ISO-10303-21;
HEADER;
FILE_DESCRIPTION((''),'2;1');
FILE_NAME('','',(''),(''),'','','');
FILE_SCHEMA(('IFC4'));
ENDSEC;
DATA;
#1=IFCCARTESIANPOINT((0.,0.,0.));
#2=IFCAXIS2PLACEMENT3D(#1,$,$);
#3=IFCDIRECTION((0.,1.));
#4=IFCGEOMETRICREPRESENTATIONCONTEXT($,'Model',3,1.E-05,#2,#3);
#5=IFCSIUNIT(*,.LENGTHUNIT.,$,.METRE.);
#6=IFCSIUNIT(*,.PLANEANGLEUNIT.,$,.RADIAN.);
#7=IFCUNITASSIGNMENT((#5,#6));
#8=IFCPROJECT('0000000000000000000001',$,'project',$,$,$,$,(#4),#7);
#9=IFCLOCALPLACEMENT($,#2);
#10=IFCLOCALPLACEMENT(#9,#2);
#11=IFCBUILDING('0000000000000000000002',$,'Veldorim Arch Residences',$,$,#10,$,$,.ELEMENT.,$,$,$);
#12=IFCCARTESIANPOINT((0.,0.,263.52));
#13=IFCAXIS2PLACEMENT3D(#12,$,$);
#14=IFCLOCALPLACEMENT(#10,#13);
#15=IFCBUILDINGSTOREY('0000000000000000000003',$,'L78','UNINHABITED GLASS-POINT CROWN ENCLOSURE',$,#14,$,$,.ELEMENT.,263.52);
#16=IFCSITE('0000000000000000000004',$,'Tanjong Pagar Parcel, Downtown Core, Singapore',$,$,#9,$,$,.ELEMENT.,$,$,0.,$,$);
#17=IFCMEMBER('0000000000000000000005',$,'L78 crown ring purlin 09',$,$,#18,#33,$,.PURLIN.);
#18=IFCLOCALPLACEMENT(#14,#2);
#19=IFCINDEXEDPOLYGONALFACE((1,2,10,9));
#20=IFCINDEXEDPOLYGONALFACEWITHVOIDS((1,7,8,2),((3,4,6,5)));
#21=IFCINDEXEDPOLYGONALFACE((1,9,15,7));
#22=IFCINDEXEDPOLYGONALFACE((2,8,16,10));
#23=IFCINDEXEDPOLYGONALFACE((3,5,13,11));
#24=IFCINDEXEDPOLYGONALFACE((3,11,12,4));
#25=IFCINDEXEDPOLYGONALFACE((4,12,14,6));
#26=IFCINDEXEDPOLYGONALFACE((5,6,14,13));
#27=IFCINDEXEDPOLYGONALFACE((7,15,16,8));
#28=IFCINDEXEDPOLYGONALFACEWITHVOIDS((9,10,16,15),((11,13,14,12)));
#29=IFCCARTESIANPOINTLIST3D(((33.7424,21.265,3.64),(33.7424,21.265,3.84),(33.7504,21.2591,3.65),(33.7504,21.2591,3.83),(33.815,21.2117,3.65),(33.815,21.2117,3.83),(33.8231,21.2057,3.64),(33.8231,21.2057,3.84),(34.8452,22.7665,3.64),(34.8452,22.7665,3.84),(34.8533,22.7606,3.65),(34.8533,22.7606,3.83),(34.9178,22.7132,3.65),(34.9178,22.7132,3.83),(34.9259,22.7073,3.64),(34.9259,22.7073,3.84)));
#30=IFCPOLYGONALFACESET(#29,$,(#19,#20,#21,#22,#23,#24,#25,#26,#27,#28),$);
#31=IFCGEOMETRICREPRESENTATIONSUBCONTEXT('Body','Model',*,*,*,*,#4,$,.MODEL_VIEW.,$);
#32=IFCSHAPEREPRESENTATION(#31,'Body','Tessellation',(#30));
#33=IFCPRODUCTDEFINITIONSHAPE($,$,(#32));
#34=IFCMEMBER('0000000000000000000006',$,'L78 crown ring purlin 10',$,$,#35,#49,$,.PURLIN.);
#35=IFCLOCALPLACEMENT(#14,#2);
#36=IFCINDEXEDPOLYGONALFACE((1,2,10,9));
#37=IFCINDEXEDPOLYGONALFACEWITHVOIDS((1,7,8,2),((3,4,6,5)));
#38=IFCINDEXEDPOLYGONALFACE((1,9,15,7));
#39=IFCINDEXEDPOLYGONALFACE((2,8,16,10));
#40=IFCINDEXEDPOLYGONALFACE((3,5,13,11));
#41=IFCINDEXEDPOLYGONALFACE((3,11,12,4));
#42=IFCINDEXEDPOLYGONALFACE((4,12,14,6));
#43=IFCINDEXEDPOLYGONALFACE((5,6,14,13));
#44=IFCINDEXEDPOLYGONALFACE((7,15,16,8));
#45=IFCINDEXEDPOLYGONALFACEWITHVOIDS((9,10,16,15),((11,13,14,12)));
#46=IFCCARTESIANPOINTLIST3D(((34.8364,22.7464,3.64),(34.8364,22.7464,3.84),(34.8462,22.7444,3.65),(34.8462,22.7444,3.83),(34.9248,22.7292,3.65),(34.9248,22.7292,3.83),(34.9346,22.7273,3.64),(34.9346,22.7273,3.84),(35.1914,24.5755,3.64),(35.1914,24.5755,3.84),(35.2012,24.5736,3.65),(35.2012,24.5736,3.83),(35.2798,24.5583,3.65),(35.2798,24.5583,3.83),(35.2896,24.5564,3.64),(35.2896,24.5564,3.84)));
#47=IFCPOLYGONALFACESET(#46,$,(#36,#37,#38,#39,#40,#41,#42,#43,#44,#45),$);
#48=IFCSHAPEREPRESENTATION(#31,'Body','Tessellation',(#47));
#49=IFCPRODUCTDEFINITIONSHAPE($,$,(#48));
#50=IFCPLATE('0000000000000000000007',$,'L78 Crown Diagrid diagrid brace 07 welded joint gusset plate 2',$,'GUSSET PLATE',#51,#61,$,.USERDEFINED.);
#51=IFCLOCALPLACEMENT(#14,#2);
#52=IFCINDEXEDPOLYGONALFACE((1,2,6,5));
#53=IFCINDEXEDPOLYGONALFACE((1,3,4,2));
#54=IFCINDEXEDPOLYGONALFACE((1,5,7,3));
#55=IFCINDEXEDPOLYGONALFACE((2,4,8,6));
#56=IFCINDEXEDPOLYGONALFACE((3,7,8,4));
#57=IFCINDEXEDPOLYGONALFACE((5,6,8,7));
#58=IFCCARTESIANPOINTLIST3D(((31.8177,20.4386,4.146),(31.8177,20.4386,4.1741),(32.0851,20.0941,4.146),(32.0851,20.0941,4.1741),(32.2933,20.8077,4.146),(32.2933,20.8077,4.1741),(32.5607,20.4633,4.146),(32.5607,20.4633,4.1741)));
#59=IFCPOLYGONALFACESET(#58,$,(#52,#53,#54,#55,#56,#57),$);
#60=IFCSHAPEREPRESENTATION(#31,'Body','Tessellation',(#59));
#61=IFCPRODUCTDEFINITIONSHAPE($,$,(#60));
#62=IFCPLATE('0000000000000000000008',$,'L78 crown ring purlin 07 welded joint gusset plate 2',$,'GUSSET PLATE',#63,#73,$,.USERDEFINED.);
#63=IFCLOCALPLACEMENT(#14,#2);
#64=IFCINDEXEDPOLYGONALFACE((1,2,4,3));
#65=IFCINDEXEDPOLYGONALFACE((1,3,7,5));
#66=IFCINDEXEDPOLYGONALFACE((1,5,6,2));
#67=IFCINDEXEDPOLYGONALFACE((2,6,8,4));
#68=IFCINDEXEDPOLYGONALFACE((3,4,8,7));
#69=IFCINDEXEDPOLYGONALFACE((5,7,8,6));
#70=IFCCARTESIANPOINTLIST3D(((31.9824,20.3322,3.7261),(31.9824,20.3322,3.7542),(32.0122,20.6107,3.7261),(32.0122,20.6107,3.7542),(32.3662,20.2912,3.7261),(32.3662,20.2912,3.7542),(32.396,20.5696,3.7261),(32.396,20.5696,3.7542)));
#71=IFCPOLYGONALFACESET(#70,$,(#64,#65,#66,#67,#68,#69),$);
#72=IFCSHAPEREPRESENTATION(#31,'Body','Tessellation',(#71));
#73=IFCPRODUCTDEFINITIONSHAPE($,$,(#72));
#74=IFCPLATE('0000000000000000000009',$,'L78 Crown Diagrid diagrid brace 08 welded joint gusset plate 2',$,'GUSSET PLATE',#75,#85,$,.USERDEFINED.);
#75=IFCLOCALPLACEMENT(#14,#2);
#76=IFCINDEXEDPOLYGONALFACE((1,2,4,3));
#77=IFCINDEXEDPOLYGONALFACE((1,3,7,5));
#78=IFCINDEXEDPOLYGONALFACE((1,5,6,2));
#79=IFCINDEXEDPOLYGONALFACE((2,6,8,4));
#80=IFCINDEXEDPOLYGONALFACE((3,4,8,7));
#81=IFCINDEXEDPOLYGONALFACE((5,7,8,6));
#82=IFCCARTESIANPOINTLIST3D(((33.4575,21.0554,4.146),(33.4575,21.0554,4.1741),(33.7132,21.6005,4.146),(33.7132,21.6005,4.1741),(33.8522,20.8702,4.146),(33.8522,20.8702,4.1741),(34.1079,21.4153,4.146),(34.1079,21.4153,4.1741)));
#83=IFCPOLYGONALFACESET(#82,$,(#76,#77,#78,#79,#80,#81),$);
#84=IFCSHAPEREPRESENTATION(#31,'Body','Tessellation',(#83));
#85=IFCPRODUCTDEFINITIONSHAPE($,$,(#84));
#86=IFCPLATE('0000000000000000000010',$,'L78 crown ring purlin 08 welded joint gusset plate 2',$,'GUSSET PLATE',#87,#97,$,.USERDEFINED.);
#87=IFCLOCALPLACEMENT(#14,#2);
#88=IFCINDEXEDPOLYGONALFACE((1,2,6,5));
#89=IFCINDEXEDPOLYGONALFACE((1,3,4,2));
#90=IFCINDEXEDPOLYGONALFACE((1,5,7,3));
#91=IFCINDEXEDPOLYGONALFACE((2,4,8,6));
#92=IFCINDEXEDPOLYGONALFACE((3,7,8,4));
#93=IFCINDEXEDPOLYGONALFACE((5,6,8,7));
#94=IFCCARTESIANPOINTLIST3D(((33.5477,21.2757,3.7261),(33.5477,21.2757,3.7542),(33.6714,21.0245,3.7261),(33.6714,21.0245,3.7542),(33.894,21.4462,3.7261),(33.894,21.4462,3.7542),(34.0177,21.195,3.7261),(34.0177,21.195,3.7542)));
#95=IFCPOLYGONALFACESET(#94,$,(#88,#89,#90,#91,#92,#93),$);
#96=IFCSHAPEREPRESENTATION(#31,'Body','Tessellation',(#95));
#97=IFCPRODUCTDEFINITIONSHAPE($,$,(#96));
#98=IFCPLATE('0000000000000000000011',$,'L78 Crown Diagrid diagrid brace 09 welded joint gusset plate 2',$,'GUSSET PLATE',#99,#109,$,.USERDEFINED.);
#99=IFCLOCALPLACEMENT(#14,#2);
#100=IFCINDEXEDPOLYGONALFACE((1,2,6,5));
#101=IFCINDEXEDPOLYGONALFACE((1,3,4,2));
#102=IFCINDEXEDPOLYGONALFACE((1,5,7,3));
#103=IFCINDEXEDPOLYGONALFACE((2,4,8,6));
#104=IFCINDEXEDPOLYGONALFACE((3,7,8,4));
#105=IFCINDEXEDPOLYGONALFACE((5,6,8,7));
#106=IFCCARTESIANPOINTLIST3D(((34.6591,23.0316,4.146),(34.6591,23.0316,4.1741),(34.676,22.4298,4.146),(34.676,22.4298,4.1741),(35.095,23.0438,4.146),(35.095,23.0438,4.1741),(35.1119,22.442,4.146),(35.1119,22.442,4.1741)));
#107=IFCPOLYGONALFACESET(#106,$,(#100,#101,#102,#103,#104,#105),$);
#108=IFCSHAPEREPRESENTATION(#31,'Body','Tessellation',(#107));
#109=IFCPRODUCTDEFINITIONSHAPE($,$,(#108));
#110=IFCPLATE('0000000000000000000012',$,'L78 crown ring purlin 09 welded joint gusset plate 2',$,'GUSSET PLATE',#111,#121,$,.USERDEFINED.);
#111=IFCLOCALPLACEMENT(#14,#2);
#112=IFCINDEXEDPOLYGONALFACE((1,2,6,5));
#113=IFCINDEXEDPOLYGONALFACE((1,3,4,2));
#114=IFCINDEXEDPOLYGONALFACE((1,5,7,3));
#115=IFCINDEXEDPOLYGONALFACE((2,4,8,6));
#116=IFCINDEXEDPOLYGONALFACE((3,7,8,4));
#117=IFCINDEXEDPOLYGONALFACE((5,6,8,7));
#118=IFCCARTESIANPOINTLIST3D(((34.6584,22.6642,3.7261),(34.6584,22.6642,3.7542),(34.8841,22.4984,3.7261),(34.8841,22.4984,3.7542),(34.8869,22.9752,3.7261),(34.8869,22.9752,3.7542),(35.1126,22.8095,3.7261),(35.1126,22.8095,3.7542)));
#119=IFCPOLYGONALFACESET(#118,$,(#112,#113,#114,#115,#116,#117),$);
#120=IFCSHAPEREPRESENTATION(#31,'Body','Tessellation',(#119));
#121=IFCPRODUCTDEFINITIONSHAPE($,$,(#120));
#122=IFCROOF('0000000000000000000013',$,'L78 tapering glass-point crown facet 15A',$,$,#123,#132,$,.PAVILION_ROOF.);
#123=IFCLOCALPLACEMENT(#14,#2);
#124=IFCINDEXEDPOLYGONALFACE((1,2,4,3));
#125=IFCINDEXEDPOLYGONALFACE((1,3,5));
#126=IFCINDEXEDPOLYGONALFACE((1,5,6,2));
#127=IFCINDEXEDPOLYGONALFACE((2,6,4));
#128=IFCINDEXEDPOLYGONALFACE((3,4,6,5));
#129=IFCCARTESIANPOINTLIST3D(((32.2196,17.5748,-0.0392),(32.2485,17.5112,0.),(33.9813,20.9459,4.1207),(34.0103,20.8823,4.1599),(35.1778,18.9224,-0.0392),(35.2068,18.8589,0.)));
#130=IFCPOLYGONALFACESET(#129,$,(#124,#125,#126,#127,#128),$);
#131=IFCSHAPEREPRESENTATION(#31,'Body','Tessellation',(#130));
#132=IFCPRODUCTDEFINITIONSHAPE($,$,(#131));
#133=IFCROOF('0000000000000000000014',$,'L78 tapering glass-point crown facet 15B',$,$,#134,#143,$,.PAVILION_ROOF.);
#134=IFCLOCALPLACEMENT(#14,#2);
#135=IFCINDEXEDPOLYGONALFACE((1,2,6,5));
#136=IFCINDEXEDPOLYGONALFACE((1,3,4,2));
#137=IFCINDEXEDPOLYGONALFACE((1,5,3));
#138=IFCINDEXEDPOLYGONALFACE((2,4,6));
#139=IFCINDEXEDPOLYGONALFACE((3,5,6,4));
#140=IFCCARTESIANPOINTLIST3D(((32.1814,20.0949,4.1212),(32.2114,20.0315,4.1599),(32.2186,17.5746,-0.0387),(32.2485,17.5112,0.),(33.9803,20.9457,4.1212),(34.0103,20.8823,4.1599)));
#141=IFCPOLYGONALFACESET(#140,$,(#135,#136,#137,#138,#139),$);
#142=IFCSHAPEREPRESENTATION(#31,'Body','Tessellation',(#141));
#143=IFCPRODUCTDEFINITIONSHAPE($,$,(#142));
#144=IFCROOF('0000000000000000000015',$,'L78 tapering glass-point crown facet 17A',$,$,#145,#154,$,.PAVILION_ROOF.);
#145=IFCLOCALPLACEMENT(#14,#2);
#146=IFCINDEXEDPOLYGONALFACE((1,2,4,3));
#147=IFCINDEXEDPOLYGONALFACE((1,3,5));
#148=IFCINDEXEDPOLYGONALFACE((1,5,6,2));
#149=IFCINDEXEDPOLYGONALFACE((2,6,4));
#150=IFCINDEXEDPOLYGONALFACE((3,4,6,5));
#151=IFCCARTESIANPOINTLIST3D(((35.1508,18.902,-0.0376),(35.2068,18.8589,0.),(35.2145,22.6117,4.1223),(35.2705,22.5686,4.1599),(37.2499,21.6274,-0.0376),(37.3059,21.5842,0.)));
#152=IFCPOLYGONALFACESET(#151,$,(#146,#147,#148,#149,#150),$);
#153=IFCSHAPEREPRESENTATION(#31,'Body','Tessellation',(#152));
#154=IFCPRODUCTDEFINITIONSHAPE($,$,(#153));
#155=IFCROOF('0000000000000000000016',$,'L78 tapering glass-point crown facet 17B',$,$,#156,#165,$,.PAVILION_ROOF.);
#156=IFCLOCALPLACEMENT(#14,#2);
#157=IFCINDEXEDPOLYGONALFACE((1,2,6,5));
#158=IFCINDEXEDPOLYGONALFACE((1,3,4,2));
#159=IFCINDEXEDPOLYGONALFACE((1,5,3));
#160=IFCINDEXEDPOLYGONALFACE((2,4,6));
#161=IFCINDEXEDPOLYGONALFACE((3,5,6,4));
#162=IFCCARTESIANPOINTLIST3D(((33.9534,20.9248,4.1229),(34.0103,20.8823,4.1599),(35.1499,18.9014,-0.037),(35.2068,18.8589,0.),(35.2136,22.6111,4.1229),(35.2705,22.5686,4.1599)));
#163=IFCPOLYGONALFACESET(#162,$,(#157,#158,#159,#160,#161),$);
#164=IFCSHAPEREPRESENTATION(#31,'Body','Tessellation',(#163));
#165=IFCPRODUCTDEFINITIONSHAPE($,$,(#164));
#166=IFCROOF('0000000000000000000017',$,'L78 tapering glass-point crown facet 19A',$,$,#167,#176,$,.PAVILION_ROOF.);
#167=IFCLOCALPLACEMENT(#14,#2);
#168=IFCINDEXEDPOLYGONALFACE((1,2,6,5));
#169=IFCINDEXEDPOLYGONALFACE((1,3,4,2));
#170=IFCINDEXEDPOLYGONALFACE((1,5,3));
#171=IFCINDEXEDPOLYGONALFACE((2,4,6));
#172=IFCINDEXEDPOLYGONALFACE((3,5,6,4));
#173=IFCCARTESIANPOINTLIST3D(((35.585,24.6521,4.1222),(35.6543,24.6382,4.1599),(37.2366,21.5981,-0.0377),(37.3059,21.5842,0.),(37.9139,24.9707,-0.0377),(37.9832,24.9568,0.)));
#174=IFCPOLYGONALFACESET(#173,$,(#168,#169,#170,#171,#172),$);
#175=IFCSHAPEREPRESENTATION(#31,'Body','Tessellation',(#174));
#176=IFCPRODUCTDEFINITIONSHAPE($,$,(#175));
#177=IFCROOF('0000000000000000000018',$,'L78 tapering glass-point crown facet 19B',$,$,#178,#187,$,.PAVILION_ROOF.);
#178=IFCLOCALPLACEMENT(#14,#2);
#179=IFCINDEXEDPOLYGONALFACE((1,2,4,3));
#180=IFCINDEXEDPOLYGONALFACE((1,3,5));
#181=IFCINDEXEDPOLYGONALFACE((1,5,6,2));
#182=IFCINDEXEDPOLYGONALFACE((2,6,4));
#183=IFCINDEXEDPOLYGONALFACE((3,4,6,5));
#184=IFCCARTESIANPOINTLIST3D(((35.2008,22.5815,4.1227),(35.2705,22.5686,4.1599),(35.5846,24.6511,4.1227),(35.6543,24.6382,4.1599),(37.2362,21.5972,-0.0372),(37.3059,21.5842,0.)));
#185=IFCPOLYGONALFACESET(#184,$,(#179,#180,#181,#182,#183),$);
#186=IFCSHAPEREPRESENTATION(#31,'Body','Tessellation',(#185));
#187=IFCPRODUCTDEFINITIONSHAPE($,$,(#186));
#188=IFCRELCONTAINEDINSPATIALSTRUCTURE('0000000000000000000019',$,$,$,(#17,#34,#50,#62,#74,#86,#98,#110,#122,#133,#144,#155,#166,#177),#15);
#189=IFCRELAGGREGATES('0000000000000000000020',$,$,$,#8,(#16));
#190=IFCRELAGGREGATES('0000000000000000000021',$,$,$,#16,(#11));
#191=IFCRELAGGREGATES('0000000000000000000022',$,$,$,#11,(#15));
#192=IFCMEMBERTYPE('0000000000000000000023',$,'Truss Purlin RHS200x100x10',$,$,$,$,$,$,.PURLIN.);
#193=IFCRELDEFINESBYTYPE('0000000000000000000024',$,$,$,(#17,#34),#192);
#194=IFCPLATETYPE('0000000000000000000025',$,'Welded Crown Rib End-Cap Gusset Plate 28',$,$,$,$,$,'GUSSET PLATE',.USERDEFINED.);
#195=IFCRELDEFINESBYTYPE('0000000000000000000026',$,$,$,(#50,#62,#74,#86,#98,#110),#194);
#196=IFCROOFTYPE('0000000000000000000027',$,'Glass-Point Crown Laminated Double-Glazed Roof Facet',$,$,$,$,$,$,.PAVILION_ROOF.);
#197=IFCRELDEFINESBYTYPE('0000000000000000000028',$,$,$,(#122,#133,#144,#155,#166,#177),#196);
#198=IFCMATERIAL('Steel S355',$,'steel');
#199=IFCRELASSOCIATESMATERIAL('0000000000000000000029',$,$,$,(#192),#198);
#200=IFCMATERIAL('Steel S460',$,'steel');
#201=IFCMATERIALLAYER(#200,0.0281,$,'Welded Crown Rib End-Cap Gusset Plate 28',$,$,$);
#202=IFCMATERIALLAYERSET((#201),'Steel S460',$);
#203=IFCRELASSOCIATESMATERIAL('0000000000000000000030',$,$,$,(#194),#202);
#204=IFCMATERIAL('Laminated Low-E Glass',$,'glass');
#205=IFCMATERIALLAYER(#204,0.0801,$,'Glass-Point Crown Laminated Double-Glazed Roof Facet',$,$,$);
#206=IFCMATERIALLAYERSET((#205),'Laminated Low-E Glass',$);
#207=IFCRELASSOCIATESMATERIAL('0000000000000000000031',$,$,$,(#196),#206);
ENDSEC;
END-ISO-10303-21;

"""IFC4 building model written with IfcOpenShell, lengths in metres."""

from ifc_helpers import new_model, si_unit, direction, frame, origin, origin_2d, place, context, subcontext, project, spatial, polyline, rectangle, hollow_rectangle, outline, extrude, material, layer, layer_set, material_profile, profile_set, type_object, element, save


model = new_model("IFC4")

# Units and contexts
model_context = context("Model", 3, precision=1e-05, world=origin(), true_north=direction((0.0, 1.0)))
body_context = subcontext(model_context, "Body", "Model", "MODEL_VIEW")
ifc_project = project(units=[si_unit("LENGTHUNIT", "METRE"), si_unit("PLANEANGLEUNIT", "RADIAN")], contexts=[model_context])

# Site, building, storey
site_placement = place(None, origin())
site = spatial("IfcSite", under=ifc_project, at=site_placement, Name="Tanjong Pagar Parcel, Downtown Core, Singapore", CompositionType="ELEMENT", RefElevation=0.0)
building_placement = place(site_placement, origin())
building = spatial("IfcBuilding", under=site, at=building_placement, Name="Veldorim Arch Residences", CompositionType="ELEMENT")
storey_placement = place(building_placement, frame((0.0, 0.0, 263.52)))
storey = spatial("IfcBuildingStorey", under=building, at=storey_placement, Name="L78", Description="UNINHABITED GLASS-POINT CROWN ENCLOSURE", CompositionType="ELEMENT", Elevation=263.52)

# Members
ifc_material_1 = material(Name="Steel S355", Category="steel")
ifc_material_profile_1 = material_profile(ifc_material_1, hollow_rectangle(XDim=0.1001, YDim=0.2, WallThickness=0.01, at=origin_2d()), Name="RHS200x100x10")
ifc_profile_set_1 = profile_set([ifc_material_profile_1], Name="Steel S355")
member_type_1 = type_object("IfcMemberType", Name="Truss Purlin RHS200x100x10", PredefinedType="PURLIN", material=ifc_profile_set_1)
member_1_placement = place(storey_placement, frame((33.7827, 21.2354, 3.74), z_axis=(0.59196, 0.805967, 0.0), x_axis=(-0.805967, 0.59196, 0.0)))
element("IfcMember", 1, at=member_1_placement, inside=storey, type_object=member_type_1, Name="L78 crown ring purlin 09", PredefinedType="PURLIN", context=body_context, shape_type="SweptSolid", body=[
    extrude(hollow_rectangle(XDim=0.1001, YDim=0.2, WallThickness=0.01, at=origin_2d()), origin(), (0.0, 0.0, 1.0), 1.863),
])
member_2_placement = place(storey_placement, frame((34.8855, 22.7368, 3.74), z_axis=(0.190519, 0.981684, 0.0), x_axis=(-0.981684, 0.190519, 0.0)))
element("IfcMember", 2, at=member_2_placement, inside=storey, type_object=member_type_1, Name="L78 crown ring purlin 10", PredefinedType="PURLIN", context=body_context, shape_type="SweptSolid", body=[
    extrude(hollow_rectangle(XDim=0.1001, YDim=0.2, WallThickness=0.01, at=origin_2d()), origin(), (0.0, 0.0, 1.0), 1.8633),
])

# Plates
ifc_material_2 = material(Name="Steel S460", Category="steel")
ifc_layer_1 = layer(ifc_material_2, 0.0281, Name="Welded Crown Rib End-Cap Gusset Plate 28")
ifc_layer_set_1 = layer_set([ifc_layer_1], Name="Steel S460")
plate_type = type_object("IfcPlateType", Name="Welded Crown Rib End-Cap Gusset Plate 28", ElementType="GUSSET PLATE", PredefinedType="USERDEFINED", material=ifc_layer_set_1)
plate_1_placement = place(storey_placement, frame((32.1892, 20.4509, 4.146), z_axis=(0.0, 0.0, 1.0), x_axis=(0.789995, 0.613114, 0.0)))
element("IfcPlate", 3, at=plate_1_placement, inside=storey, type_object=plate_type, Name="L78 Crown Diagrid diagrid brace 07 welded joint gusset plate 2", ObjectType="GUSSET PLATE", PredefinedType="USERDEFINED", context=body_context, shape_type="SweptSolid", body=[
    extrude(rectangle(XDim=0.6021, YDim=0.436, at=origin_2d()), origin(), (0.0, 0.0, 1.0), 0.0281),
])
plate_2_placement = place(storey_placement, frame((32.1892, 20.4509, 3.7261), z_axis=(0.0, 0.0, 1.0), x_axis=(0.994332, -0.106316, 0.0)))
element("IfcPlate", 4, at=plate_2_placement, inside=storey, type_object=plate_type, Name="L78 crown ring purlin 07 welded joint gusset plate 2", ObjectType="GUSSET PLATE", PredefinedType="USERDEFINED", context=body_context, shape_type="SweptSolid", body=[
    extrude(rectangle(XDim=0.386, YDim=0.28, at=origin_2d()), origin(), (0.0, 0.0, 1.0), 0.0281),
])
plate_3_placement = place(storey_placement, frame((33.7827, 21.2354, 4.146), z_axis=(0.0, 0.0, 1.0), x_axis=(0.424705, 0.905332, 0.0)))
element("IfcPlate", 5, at=plate_3_placement, inside=storey, type_object=plate_type, Name="L78 Crown Diagrid diagrid brace 08 welded joint gusset plate 2", ObjectType="GUSSET PLATE", PredefinedType="USERDEFINED", context=body_context, shape_type="SweptSolid", body=[
    extrude(rectangle(XDim=0.6021, YDim=0.436, at=origin_2d()), origin(), (0.0, 0.0, 1.0), 0.0281),
])
plate_4_placement = place(storey_placement, frame((33.7827, 21.2354, 3.7261), z_axis=(0.0, 0.0, 1.0), x_axis=(0.897189, 0.441647, 0.0)))
element("IfcPlate", 6, at=plate_4_placement, inside=storey, type_object=plate_type, Name="L78 crown ring purlin 08 welded joint gusset plate 2", ObjectType="GUSSET PLATE", PredefinedType="USERDEFINED", context=body_context, shape_type="SweptSolid", body=[
    extrude(rectangle(XDim=0.386, YDim=0.28, at=origin_2d()), origin(), (0.0, 0.0, 1.0), 0.0281),
])
plate_5_placement = place(storey_placement, frame((34.8855, 22.7368, 4.146), z_axis=(0.0, 0.0, 1.0), x_axis=(-0.028096, 0.999605, 0.0)))
element("IfcPlate", 7, at=plate_5_placement, inside=storey, type_object=plate_type, Name="L78 Crown Diagrid diagrid brace 09 welded joint gusset plate 2", ObjectType="GUSSET PLATE", PredefinedType="USERDEFINED", context=body_context, shape_type="SweptSolid", body=[
    extrude(rectangle(XDim=0.6021, YDim=0.436, at=origin_2d()), origin(), (0.0, 0.0, 1.0), 0.0281),
])
plate_6_placement = place(storey_placement, frame((34.8855, 22.7368, 3.7261), z_axis=(0.0, 0.0, 1.0), x_axis=(0.591999, 0.805939, 0.0)))
element("IfcPlate", 8, at=plate_6_placement, inside=storey, type_object=plate_type, Name="L78 crown ring purlin 09 welded joint gusset plate 2", ObjectType="GUSSET PLATE", PredefinedType="USERDEFINED", context=body_context, shape_type="SweptSolid", body=[
    extrude(rectangle(XDim=0.386, YDim=0.28, at=origin_2d()), origin(), (0.0, 0.0, 1.0), 0.0281),
])

# Roofs
ifc_material_3 = material(Name="Laminated Low-E Glass", Category="glass")
ifc_layer_2 = layer(ifc_material_3, 0.0801, Name="Glass-Point Crown Laminated Double-Glazed Roof Facet")
ifc_layer_set_2 = layer_set([ifc_layer_2], Name="Laminated Low-E Glass")
roof_type = type_object("IfcRoofType", Name="Glass-Point Crown Laminated Double-Glazed Roof Facet", PredefinedType="PAVILION_ROOF", material=ifc_layer_set_2)
roof_1_placement = place(storey_placement, frame((32.2485, 17.5112, 0.0), z_axis=(0.36142, -0.793357, 0.489857), x_axis=(0.910019, 0.414567, 0.0)))
element("IfcRoof", 9, at=roof_1_placement, inside=storey, type_object=roof_type, Name="L78 tapering glass-point crown facet 15A", PredefinedType="PAVILION_ROOF", context=body_context, shape_type="SweptSolid", body=[
    extrude(outline(polyline([(0.0, 0.0), (3.2508, 0.0), (3.0007, 4.7716), (0.0, 0.0)])), origin(), (0.0, 0.0, -1.0), 0.0801),
])
roof_2_placement = place(storey_placement, frame((32.2485, 17.5112, 0.0), z_axis=(0.374413, -0.791584, 0.482918), x_axis=(0.312542, 0.598058, 0.738)))
element("IfcRoof", 10, at=roof_2_placement, inside=storey, type_object=roof_type, Name="L78 tapering glass-point crown facet 15B", PredefinedType="PAVILION_ROOF", context=body_context, shape_type="SweptSolid", body=[
    extrude(outline(polyline([(0.0, 0.0), (5.6367, 0.0), (4.5657, 1.6771), (0.0, 0.0)])), origin(), (0.0, 0.0, -1.0), 0.0801),
])
roof_3_placement = place(storey_placement, frame((35.2068, 18.8589, 0.0), z_axis=(0.699417, -0.538707, 0.469693), x_axis=(0.610205, 0.792244, 0.0)))
element("IfcRoof", 11, at=roof_3_placement, inside=storey, type_object=roof_type, Name="L78 tapering glass-point crown facet 17A", PredefinedType="PAVILION_ROOF", context=body_context, shape_type="SweptSolid", body=[
    extrude(outline(polyline([(0.0, 0.0), (3.44, 0.0), (2.9779, 4.712), (0.0, 0.0)])), origin(), (0.0, 0.0, -1.0), 0.0801),
])
roof_4_placement = place(storey_placement, frame((35.2068, 18.8589, 0.0), z_axis=(0.710212, -0.530782, 0.462461), x_axis=(0.011432, 0.665524, 0.746289)))
element("IfcRoof", 12, at=roof_4_placement, inside=storey, type_object=roof_type, Name="L78 tapering glass-point crown facet 17B", PredefinedType="PAVILION_ROOF", context=body_context, shape_type="SweptSolid", body=[
    extrude(outline(polyline([(0.0, 0.0), (5.5741, 0.0), (4.4375, 1.7719), (0.0, 0.0)])), origin(), (0.0, 0.0, -1.0), 0.0801),
])
roof_5_placement = place(storey_placement, frame((37.3059, 21.5842, 0.0), z_axis=(0.864916, -0.173685, 0.470907), x_axis=(0.19688, 0.980428, 0.0)))
element("IfcRoof", 13, at=roof_5_placement, inside=storey, type_object=roof_type, Name="L78 tapering glass-point crown facet 19A", PredefinedType="PAVILION_ROOF", context=body_context, shape_type="SweptSolid", body=[
    extrude(outline(polyline([(0.0, 0.0), (3.4399, 0.0), (2.669, 4.7155), (0.0, 0.0)])), origin(), (0.0, 0.0, -1.0), 0.0801),
])
roof_6_placement = place(storey_placement, frame((37.3059, 21.5842, 0.0), z_axis=(0.87083, -0.161489, 0.464302), x_axis=(-0.304814, 0.563624, 0.767735)))
element("IfcRoof", 14, at=roof_6_placement, inside=storey, type_object=roof_type, Name="L78 tapering glass-point crown facet 19B", PredefinedType="PAVILION_ROOF", context=body_context, shape_type="SweptSolid", body=[
    extrude(outline(polyline([(0.0, 0.0), (5.4184, 0.0), (4.3689, 1.8246), (0.0, 0.0)])), origin(), (0.0, 0.0, -1.0), 0.0801),
])

save(model, "model.ifc")
